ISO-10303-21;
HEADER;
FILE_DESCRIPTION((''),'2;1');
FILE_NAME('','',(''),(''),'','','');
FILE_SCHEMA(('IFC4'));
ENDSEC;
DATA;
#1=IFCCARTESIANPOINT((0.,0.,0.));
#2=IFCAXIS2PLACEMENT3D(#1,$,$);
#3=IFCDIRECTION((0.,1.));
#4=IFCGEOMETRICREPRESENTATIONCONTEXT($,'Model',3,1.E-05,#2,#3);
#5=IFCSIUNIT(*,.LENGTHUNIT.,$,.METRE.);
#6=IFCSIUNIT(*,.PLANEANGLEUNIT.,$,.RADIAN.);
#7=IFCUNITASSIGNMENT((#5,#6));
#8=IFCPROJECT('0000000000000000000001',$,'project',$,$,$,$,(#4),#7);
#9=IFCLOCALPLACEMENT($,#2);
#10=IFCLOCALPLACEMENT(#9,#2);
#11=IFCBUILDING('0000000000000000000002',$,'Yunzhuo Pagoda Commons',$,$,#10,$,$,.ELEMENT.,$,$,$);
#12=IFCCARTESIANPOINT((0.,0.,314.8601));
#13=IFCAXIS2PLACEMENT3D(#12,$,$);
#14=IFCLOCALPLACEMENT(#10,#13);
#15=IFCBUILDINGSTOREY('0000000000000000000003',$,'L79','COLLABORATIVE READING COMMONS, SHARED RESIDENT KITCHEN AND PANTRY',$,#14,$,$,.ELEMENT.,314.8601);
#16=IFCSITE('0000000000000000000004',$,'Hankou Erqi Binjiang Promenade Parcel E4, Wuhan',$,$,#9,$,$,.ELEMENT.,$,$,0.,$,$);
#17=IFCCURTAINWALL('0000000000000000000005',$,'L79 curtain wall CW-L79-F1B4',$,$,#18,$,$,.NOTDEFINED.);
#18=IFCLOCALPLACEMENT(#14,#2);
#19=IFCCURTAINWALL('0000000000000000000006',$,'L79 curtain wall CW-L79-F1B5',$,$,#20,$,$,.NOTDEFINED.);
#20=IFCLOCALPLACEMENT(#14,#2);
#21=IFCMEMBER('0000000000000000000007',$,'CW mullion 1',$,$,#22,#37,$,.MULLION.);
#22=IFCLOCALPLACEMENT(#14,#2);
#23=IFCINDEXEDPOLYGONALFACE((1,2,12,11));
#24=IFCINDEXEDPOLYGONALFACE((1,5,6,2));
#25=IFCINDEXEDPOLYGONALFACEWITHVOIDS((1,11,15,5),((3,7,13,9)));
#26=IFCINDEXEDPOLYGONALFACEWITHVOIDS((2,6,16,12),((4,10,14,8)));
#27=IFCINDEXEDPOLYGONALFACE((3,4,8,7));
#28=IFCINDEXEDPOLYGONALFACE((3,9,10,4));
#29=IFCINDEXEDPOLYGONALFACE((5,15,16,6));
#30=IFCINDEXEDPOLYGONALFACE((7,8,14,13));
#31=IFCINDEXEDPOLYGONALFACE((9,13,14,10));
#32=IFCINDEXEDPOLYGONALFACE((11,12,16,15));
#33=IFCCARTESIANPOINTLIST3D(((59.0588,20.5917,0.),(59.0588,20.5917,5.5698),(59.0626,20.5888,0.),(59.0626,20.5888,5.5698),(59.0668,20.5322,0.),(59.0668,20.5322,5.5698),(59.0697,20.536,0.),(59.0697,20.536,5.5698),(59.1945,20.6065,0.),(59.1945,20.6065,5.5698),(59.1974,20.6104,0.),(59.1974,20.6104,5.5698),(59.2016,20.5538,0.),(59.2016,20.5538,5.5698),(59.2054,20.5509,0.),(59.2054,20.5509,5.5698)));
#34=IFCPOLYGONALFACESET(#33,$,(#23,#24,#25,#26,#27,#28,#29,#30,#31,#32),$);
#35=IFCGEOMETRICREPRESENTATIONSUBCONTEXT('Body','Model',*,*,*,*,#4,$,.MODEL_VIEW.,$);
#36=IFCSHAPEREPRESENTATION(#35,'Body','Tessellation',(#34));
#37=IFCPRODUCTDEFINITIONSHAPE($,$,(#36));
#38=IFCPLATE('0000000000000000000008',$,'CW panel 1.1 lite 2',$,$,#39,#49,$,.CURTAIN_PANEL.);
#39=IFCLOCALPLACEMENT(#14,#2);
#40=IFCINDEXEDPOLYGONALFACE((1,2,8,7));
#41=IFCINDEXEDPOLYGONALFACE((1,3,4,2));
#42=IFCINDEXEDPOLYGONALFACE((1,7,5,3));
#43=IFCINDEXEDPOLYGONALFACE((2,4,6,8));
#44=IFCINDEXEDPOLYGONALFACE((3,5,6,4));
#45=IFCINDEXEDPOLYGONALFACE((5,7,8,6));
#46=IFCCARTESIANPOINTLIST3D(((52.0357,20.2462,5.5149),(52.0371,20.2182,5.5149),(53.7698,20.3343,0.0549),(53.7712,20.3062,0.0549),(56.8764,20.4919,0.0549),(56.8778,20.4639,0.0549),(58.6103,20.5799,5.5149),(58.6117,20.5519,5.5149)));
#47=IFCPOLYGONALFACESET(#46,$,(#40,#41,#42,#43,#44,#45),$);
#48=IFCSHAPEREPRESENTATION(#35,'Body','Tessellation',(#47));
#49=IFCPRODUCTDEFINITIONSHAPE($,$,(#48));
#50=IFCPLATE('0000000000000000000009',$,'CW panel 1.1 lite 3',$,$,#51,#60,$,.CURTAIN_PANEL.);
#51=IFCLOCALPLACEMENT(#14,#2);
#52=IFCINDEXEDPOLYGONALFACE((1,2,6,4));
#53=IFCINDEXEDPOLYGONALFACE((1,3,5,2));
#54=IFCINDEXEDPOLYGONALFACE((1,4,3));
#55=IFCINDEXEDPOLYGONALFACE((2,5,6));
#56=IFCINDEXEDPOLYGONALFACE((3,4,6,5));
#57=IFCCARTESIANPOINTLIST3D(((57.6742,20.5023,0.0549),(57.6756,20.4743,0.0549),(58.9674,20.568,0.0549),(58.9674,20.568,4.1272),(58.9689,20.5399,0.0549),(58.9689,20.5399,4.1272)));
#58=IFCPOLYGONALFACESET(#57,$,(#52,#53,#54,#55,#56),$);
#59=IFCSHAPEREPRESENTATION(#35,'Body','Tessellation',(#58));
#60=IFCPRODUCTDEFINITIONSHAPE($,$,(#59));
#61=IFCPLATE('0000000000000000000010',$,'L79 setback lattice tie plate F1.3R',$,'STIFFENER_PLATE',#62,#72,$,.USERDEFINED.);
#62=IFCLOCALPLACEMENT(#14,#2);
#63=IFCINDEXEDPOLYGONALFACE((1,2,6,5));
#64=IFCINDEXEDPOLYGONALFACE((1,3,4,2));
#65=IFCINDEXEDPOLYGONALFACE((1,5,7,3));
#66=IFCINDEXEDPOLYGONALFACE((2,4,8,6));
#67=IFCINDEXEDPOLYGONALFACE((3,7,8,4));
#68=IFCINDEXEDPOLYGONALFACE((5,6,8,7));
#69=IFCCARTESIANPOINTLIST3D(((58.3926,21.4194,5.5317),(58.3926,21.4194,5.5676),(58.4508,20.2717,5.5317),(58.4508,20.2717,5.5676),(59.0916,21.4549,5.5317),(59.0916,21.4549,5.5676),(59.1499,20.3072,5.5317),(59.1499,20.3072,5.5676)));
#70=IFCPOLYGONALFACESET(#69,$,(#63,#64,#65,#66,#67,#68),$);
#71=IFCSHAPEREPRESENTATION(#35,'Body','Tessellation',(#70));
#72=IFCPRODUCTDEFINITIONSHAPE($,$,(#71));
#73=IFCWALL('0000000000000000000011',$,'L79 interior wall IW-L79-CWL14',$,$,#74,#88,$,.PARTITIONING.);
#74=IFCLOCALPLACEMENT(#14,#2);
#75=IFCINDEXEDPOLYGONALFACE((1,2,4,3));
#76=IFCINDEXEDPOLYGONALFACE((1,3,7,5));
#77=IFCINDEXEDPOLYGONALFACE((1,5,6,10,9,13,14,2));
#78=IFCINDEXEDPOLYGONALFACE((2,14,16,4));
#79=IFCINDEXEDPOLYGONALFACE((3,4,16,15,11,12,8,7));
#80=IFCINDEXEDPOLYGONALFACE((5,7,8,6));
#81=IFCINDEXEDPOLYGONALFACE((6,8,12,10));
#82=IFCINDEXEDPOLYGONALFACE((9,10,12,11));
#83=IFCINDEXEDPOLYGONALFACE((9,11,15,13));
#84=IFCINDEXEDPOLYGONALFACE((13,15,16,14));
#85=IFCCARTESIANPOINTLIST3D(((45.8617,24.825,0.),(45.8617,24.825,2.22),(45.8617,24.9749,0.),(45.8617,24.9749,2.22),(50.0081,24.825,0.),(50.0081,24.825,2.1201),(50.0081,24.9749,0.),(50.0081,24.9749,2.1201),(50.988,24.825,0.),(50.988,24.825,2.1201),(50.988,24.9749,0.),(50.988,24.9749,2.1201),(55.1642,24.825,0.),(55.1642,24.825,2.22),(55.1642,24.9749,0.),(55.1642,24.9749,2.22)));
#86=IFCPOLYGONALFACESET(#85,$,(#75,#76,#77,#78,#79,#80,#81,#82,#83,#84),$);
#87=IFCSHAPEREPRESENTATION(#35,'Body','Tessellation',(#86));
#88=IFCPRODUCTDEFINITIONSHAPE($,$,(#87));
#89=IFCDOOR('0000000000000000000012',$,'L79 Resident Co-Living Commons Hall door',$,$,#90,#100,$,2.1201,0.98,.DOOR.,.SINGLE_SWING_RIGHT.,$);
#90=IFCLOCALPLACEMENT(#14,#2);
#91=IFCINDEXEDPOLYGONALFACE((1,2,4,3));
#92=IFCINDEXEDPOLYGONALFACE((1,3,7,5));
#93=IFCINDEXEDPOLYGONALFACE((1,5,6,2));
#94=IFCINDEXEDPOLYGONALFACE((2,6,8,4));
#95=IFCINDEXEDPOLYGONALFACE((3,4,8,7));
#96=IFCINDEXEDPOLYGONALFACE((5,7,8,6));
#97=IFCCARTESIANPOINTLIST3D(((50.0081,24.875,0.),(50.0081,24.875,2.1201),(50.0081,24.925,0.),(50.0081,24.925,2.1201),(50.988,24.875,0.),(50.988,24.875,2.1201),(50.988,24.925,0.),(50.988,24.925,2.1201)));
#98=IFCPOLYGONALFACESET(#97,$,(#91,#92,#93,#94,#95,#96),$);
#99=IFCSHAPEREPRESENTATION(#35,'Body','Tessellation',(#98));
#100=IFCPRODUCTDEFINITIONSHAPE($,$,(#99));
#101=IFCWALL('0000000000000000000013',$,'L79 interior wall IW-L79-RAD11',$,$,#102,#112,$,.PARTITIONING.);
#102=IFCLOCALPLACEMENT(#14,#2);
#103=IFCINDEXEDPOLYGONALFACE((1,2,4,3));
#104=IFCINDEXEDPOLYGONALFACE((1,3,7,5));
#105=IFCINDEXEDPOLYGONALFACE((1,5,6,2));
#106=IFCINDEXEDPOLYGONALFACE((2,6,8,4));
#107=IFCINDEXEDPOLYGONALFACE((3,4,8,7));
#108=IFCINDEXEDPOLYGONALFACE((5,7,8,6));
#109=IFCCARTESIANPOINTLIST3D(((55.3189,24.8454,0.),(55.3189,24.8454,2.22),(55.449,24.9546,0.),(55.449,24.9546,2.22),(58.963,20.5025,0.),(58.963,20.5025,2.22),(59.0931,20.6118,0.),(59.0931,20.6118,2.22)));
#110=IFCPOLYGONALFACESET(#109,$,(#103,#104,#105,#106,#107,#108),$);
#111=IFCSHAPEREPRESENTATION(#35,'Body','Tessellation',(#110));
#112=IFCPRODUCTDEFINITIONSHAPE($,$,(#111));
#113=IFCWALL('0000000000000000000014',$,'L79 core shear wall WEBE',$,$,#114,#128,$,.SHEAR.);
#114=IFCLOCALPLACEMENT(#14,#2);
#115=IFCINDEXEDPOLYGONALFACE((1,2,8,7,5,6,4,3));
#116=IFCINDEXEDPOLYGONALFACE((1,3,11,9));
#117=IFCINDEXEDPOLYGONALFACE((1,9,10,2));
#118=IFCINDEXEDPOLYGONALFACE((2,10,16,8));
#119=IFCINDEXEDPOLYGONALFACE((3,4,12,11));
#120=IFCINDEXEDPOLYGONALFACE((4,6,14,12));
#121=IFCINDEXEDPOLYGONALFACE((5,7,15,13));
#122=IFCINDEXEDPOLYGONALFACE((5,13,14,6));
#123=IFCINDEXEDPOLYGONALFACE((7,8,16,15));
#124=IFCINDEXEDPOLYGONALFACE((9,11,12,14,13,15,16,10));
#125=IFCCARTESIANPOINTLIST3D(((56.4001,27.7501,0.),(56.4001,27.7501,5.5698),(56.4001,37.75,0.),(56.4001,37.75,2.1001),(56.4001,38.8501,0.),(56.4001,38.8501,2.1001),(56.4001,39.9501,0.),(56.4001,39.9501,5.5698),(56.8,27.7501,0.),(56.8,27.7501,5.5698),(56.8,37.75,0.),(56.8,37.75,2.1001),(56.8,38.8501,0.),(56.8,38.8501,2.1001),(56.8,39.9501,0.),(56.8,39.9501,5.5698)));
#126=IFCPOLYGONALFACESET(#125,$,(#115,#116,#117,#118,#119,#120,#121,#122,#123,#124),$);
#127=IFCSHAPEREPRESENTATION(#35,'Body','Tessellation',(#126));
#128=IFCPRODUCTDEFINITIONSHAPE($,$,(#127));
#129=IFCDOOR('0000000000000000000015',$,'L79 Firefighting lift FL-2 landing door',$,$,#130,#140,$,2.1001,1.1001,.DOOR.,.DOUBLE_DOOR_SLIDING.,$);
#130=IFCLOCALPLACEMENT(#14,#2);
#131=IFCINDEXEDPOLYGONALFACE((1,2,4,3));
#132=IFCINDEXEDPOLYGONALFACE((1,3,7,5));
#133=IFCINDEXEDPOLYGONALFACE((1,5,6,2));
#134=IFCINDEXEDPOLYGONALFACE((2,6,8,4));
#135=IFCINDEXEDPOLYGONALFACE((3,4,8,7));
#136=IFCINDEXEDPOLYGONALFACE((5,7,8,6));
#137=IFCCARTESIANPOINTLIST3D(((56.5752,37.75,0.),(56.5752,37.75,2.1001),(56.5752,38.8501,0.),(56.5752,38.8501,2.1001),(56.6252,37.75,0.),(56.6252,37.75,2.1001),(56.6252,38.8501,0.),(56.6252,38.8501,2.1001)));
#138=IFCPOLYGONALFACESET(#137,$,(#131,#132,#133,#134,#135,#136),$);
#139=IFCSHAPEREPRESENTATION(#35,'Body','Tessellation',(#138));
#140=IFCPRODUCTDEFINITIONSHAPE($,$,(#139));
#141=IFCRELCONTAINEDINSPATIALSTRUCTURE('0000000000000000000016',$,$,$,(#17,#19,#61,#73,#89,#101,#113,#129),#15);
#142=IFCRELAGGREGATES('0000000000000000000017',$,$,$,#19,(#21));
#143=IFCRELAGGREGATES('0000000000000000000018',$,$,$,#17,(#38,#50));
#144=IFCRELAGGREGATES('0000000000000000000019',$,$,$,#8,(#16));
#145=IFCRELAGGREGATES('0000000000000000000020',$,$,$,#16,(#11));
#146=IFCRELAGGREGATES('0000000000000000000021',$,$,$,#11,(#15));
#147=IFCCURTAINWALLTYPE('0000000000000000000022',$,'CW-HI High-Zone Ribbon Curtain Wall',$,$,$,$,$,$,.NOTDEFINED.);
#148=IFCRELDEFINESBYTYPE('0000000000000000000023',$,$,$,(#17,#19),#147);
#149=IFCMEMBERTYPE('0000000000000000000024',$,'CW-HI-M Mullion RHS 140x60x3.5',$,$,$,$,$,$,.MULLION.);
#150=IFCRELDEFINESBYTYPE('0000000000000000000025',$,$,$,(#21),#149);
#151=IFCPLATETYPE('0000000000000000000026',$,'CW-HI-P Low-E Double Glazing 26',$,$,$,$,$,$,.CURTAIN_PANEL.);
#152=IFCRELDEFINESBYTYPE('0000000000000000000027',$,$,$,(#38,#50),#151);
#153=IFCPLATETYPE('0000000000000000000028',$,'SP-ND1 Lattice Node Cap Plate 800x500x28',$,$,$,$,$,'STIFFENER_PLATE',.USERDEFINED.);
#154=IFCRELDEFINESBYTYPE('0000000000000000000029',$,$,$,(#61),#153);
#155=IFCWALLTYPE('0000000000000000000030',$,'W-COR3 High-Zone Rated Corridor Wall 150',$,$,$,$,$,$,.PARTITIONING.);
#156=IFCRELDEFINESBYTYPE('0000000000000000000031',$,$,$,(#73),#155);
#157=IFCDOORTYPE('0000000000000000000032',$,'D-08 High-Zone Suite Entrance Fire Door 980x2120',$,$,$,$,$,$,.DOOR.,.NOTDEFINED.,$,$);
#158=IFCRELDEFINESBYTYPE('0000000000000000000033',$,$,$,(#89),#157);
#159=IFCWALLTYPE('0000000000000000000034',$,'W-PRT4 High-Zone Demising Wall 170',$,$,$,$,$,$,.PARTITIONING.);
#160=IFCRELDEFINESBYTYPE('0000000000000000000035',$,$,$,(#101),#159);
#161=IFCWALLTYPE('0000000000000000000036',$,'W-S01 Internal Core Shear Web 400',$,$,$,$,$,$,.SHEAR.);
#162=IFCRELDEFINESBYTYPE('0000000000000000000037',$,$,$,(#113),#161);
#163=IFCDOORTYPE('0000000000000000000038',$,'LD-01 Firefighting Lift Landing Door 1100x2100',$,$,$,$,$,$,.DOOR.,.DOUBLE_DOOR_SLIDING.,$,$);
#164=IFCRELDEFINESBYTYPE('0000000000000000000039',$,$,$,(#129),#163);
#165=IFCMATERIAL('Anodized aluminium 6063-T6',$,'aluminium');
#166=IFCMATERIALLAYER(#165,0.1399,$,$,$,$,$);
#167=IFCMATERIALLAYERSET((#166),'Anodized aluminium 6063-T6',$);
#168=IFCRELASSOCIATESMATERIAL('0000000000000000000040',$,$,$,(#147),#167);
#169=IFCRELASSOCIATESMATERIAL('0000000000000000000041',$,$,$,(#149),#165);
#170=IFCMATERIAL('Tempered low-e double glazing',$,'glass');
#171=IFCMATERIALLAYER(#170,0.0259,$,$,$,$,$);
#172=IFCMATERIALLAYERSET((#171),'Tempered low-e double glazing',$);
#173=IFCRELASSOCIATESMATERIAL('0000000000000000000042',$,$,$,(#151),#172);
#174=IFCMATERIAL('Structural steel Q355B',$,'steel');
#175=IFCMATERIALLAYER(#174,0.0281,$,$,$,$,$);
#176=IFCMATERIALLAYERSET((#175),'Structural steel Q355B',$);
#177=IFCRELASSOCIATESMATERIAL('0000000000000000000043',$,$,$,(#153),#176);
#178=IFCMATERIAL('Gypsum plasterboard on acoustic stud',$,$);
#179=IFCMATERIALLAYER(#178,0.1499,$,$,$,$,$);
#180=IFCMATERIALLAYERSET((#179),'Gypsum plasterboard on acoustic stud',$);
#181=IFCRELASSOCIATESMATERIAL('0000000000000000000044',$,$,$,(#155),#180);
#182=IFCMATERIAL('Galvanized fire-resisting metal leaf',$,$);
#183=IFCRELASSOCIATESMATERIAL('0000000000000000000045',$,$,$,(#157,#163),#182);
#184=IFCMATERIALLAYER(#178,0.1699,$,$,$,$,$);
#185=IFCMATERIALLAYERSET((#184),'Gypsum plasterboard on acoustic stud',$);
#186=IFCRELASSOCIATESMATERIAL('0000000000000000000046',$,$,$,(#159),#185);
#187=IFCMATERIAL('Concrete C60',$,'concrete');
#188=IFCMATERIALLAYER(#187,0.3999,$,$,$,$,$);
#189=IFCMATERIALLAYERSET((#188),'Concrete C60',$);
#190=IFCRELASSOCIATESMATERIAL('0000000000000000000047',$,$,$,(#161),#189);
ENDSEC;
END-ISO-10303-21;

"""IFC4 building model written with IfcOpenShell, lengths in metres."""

from ifc_helpers import new_model, si_unit, direction, frame, frame_2d, origin, origin_with_axes, origin_2d, place, context, subcontext, project, spatial, polyline, rectangle, hollow_rectangle, outline, extrude, source, transform, mapped, material, layer, layer_set, material_profile, profile_set, type_object, element, fill, aggregate, save


model = new_model("IFC4")

# Units and contexts
model_context = context("Model", 3, precision=1e-05, world=origin(), true_north=direction((0.0, 1.0)))
body_context = subcontext(model_context, "Body", "Model", "MODEL_VIEW")
ifc_project = project(units=[si_unit("LENGTHUNIT", "METRE"), si_unit("PLANEANGLEUNIT", "RADIAN")], contexts=[model_context])

# Site, building, storey
site_placement = place(None, origin())
site = spatial("IfcSite", under=ifc_project, at=site_placement, Name="Hankou Erqi Binjiang Promenade Parcel E4, Wuhan", CompositionType="ELEMENT", RefElevation=0.0)
building_placement = place(site_placement, origin())
building = spatial("IfcBuilding", under=site, at=building_placement, Name="Yunzhuo Pagoda Commons", CompositionType="ELEMENT")
storey_placement = place(building_placement, frame((0.0, 0.0, 314.8601)))
storey = spatial("IfcBuildingStorey", under=building, at=storey_placement, Name="L79", Description="COLLABORATIVE READING COMMONS, SHARED RESIDENT KITCHEN AND PANTRY", CompositionType="ELEMENT", Elevation=314.8601)

# Shared definitions
ifc_material_1 = material(Name="Structural steel Q355B", Category="steel")

# Curtain walls, member
ifc_material_2 = material(Name="Anodized aluminium 6063-T6", Category="aluminium")
ifc_layer_1 = layer(ifc_material_2, 0.1399)
ifc_layer_set_1 = layer_set([ifc_layer_1], Name="Anodized aluminium 6063-T6")
curtain_wall_type = type_object("IfcCurtainWallType", Name="CW-HI High-Zone Ribbon Curtain Wall", PredefinedType="NOTDEFINED", material=ifc_layer_set_1)
curtain_wall_1_placement = place(storey_placement, origin())
curtain_wall_1 = element("IfcCurtainWall", 1, at=curtain_wall_1_placement, inside=storey, type_object=curtain_wall_type, Name="L79 curtain wall CW-L79-F1B4", PredefinedType="NOTDEFINED")
ifc_material_profile_1 = material_profile(ifc_material_2, hollow_rectangle(XDim=0.0601, YDim=0.1399, WallThickness=0.0034, at=origin_2d()), Name="Anodized aluminium 6063-T6")
ifc_profile_set_1 = profile_set([ifc_material_profile_1], Name="Anodized aluminium 6063-T6")
member_type_1 = type_object("IfcMemberType", Name="CW-HI-M Mullion RHS 140x60x3.5", PredefinedType="MULLION", material=ifc_profile_set_1)
shared_shape_1 = source(origin(), body_context, "Body", "SweptSolid", [
    extrude(hollow_rectangle(XDim=0.0601, YDim=0.1399, WallThickness=0.0034, at=origin_2d()), origin(), (0.0, 0.0, 1.0), 5.5698),
])
curtain_wall_2_placement = place(storey_placement, origin())
curtain_wall_2 = element("IfcCurtainWall", 2, at=curtain_wall_2_placement, inside=storey, type_object=curtain_wall_type, Name="L79 curtain wall CW-L79-F1B5", PredefinedType="NOTDEFINED")
member_1_placement = place(storey_placement, frame((59.1321, 20.5713, 0.0), z_axis=(0.0, 0.0, 1.0), x_axis=(-0.133519, 0.991046, 0.0)))
member_1 = element("IfcMember", 3, at=member_1_placement, type_object=member_type_1, Name="CW mullion 1", PredefinedType="MULLION", context=body_context, shape_type="MappedRepresentation", body=[
    mapped(shared_shape_1, transform((0.0, 0.0, 0.0), scale=1.0)),
])
aggregate(curtain_wall_2, [member_1])

# Plates
ifc_material_3 = material(Name="Tempered low-e double glazing", Category="glass")
ifc_layer_2 = layer(ifc_material_3, 0.0259)
ifc_layer_set_2 = layer_set([ifc_layer_2], Name="Tempered low-e double glazing")
plate_type_1 = type_object("IfcPlateType", Name="CW-HI-P Low-E Double Glazing 26", PredefinedType="CURTAIN_PANEL", material=ifc_layer_set_2)
plate_1_placement = place(storey_placement, frame((55.323, 20.4131, 2.7849), z_axis=(0.050692, -0.998714, 0.0), x_axis=(0.998714, 0.050692, 0.0)))
plate_1 = element("IfcPlate", 4, at=plate_1_placement, type_object=plate_type_1, Name="CW panel 1.1 lite 2", PredefinedType="CURTAIN_PANEL", context=body_context, shape_type="SweptSolid", body=[
    extrude(outline(polyline([(-3.2915, 2.73), (-1.5552, -2.73), (1.5554, -2.73), (3.2915, 2.73), (-3.2915, 2.73)])), origin(), (0.0, 0.0, 1.0), 0.0281),
])
plate_2_placement = place(storey_placement, frame((58.3208, 20.5352, 2.0911), z_axis=(0.050692, -0.998714, 0.0), x_axis=(0.998714, 0.050692, 0.0)))
plate_2 = element("IfcPlate", 5, at=plate_2_placement, type_object=plate_type_1, Name="CW panel 1.1 lite 3", PredefinedType="CURTAIN_PANEL", context=body_context, shape_type="SweptSolid", body=[
    extrude(outline(polyline([(-0.6475, -2.0361), (0.6475, -2.0361), (0.6475, 2.0361), (-0.6475, -2.0361)])), origin(), (0.0, 0.0, 1.0), 0.0281),
])
aggregate(curtain_wall_1, [plate_1, plate_2])
ifc_layer_3 = layer(ifc_material_1, 0.0281)
ifc_layer_set_3 = layer_set([ifc_layer_3], Name="Structural steel Q355B")
plate_type_2 = type_object("IfcPlateType", Name="SP-ND1 Lattice Node Cap Plate 800x500x28", ElementType="STIFFENER_PLATE", PredefinedType="USERDEFINED", material=ifc_layer_set_3)
shared_shape_2 = source(origin(), body_context, "Body", "SweptSolid", [
    extrude(rectangle(XDim=0.7, YDim=1.1492, at=origin_2d()), origin(), (0.0, 0.0, 1.0), 0.0359),
])
plate_3_placement = place(storey_placement, frame((58.7712, 20.8633, 5.5317), z_axis=(0.0, 0.0, 1.0), x_axis=(0.998714, 0.050698, 0.0)))
element("IfcPlate", 6, at=plate_3_placement, inside=storey, type_object=plate_type_2, Name="L79 setback lattice tie plate F1.3R", ObjectType="STIFFENER_PLATE", PredefinedType="USERDEFINED", context=body_context, shape_type="MappedRepresentation", body=[
    mapped(shared_shape_2, transform((0.0, 0.0, 0.0), scale=1.0)),
])

# Wall, opening, door
ifc_material_4 = material(Name="Gypsum plasterboard on acoustic stud")
ifc_layer_4 = layer(ifc_material_4, 0.1499)
ifc_layer_set_4 = layer_set([ifc_layer_4], Name="Gypsum plasterboard on acoustic stud")
wall_type_1 = type_object("IfcWallType", Name="W-COR3 High-Zone Rated Corridor Wall 150", PredefinedType="PARTITIONING", material=ifc_layer_set_4)
wall_1_placement = place(storey_placement, frame((55.1643, 24.8999, 0.0), z_axis=(0.0, 0.0, 1.0), x_axis=(-1.0, 0.0, 0.0)))
wall_1 = element("IfcWall", 7, at=wall_1_placement, inside=storey, type_object=wall_type_1, Name="L79 interior wall IW-L79-CWL14", PredefinedType="PARTITIONING", context=body_context, shape_type="SweptSolid", body=[
    extrude(rectangle(XDim=9.3025, YDim=0.1499, at=frame_2d((4.6514, 0.0))), origin(), (0.0, 0.0, 1.0), 2.22),
])
opening_1_placement = place(wall_1_placement, frame((4.1763, 0.0, 0.0)))
opening_1 = element("IfcOpeningElement", 8, at=opening_1_placement, cuts=wall_1, PredefinedType="OPENING", context=body_context, shape_type="SweptSolid", body=[
    extrude(rectangle(XDim=0.98, YDim=2.1201, at=frame_2d((0.49, 1.0601))), frame((0.0, 0.085, 0.0), z_axis=(0.0, -1.0, 0.0), x_axis=(1.0, 0.0, 0.0)), (0.0, 0.0, 1.0), 0.1699),
])
ifc_material_5 = material(Name="Galvanized fire-resisting metal leaf")
door_type_1 = type_object("IfcDoorType", Name="D-08 High-Zone Suite Entrance Fire Door 980x2120", OperationType="NOTDEFINED", PredefinedType="DOOR", material=ifc_material_5)
shared_shape_3 = source(origin(), body_context, "Body", "SweptSolid", [
    extrude(rectangle(XDim=0.98, YDim=2.1201, at=frame_2d((0.49, 1.0601))), frame((0.0, 0.0249, 0.0), z_axis=(0.0, -1.0, 0.0), x_axis=(1.0, 0.0, 0.0)), (0.0, 0.0, 1.0), 0.05),
])
door_1_placement = place(opening_1_placement, origin_with_axes())
door_1 = element("IfcDoor", 9, at=door_1_placement, inside=storey, type_object=door_type_1, Name="L79 Resident Co-Living Commons Hall door", OperationType="SINGLE_SWING_RIGHT", OverallHeight=2.1201, OverallWidth=0.98, PredefinedType="DOOR", context=body_context, shape_type="MappedRepresentation", body=[
    mapped(shared_shape_3, transform((0.0, 0.0, 0.0), scale=1.0)),
])
fill(opening_1, door_1)

# Wall
ifc_layer_5 = layer(ifc_material_4, 0.1699)
ifc_layer_set_5 = layer_set([ifc_layer_5], Name="Gypsum plasterboard on acoustic stud")
wall_type_2 = type_object("IfcWallType", Name="W-PRT4 High-Zone Demising Wall 170", PredefinedType="PARTITIONING", material=ifc_layer_set_5)
wall_2_placement = place(storey_placement, frame((55.384, 24.8999, 0.0), z_axis=(0.0, 0.0, 1.0), x_axis=(0.64279, -0.766042, 0.0)))
element("IfcWall", 10, at=wall_2_placement, inside=storey, type_object=wall_type_2, Name="L79 interior wall IW-L79-RAD11", PredefinedType="PARTITIONING", context=body_context, shape_type="SweptSolid", body=[
    extrude(rectangle(XDim=5.6692, YDim=0.1699, at=frame_2d((2.8345, 0.0))), origin(), (0.0, 0.0, 1.0), 2.22),
])

# Wall, opening, door
ifc_material_6 = material(Name="Concrete C60", Category="concrete")
ifc_layer_6 = layer(ifc_material_6, 0.3999)
ifc_layer_set_6 = layer_set([ifc_layer_6], Name="Concrete C60")
wall_type_3 = type_object("IfcWallType", Name="W-S01 Internal Core Shear Web 400", PredefinedType="SHEAR", material=ifc_layer_set_6)
wall_3_placement = place(storey_placement, frame((56.6001, 27.75, 0.0), z_axis=(0.0, 0.0, 1.0), x_axis=(0.0, 1.0, 0.0)))
wall_3 = element("IfcWall", 11, at=wall_3_placement, inside=storey, type_object=wall_type_3, Name="L79 core shear wall WEBE", PredefinedType="SHEAR", context=body_context, shape_type="SweptSolid", body=[
    extrude(rectangle(XDim=12.2, YDim=0.3999, at=frame_2d((6.1001, 0.0))), origin(), (0.0, 0.0, 1.0), 5.5698),
])
opening_2_placement = place(wall_3_placement, frame((10.0, 0.0, 0.0)))
opening_2 = element("IfcOpeningElement", 12, at=opening_2_placement, cuts=wall_3, PredefinedType="OPENING", context=body_context, shape_type="SweptSolid", body=[
    extrude(rectangle(XDim=1.1001, YDim=2.1001, at=frame_2d((0.55, 1.05))), frame((0.0, 0.21, 0.0), z_axis=(0.0, -1.0, 0.0), x_axis=(1.0, 0.0, 0.0)), (0.0, 0.0, 1.0), 0.4199),
])
door_type_2 = type_object("IfcDoorType", Name="LD-01 Firefighting Lift Landing Door 1100x2100", OperationType="DOUBLE_DOOR_SLIDING", PredefinedType="DOOR", material=ifc_material_5)
shared_shape_4 = source(origin(), body_context, "Body", "SweptSolid", [
    extrude(rectangle(XDim=1.1001, YDim=2.1001, at=frame_2d((0.55, 1.05))), frame((0.0, 0.0249, 0.0), z_axis=(0.0, -1.0, 0.0), x_axis=(1.0, 0.0, 0.0)), (0.0, 0.0, 1.0), 0.05),
])
door_2_placement = place(opening_2_placement, origin_with_axes())
door_2 = element("IfcDoor", 13, at=door_2_placement, inside=storey, type_object=door_type_2, Name="L79 Firefighting lift FL-2 landing door", OperationType="DOUBLE_DOOR_SLIDING", OverallHeight=2.1001, OverallWidth=1.1001, PredefinedType="DOOR", context=body_context, shape_type="MappedRepresentation", body=[
    mapped(shared_shape_4, transform((0.0, 0.0, 0.0), scale=1.0)),
])
fill(opening_2, door_2)

save(model, "model.ifc")
